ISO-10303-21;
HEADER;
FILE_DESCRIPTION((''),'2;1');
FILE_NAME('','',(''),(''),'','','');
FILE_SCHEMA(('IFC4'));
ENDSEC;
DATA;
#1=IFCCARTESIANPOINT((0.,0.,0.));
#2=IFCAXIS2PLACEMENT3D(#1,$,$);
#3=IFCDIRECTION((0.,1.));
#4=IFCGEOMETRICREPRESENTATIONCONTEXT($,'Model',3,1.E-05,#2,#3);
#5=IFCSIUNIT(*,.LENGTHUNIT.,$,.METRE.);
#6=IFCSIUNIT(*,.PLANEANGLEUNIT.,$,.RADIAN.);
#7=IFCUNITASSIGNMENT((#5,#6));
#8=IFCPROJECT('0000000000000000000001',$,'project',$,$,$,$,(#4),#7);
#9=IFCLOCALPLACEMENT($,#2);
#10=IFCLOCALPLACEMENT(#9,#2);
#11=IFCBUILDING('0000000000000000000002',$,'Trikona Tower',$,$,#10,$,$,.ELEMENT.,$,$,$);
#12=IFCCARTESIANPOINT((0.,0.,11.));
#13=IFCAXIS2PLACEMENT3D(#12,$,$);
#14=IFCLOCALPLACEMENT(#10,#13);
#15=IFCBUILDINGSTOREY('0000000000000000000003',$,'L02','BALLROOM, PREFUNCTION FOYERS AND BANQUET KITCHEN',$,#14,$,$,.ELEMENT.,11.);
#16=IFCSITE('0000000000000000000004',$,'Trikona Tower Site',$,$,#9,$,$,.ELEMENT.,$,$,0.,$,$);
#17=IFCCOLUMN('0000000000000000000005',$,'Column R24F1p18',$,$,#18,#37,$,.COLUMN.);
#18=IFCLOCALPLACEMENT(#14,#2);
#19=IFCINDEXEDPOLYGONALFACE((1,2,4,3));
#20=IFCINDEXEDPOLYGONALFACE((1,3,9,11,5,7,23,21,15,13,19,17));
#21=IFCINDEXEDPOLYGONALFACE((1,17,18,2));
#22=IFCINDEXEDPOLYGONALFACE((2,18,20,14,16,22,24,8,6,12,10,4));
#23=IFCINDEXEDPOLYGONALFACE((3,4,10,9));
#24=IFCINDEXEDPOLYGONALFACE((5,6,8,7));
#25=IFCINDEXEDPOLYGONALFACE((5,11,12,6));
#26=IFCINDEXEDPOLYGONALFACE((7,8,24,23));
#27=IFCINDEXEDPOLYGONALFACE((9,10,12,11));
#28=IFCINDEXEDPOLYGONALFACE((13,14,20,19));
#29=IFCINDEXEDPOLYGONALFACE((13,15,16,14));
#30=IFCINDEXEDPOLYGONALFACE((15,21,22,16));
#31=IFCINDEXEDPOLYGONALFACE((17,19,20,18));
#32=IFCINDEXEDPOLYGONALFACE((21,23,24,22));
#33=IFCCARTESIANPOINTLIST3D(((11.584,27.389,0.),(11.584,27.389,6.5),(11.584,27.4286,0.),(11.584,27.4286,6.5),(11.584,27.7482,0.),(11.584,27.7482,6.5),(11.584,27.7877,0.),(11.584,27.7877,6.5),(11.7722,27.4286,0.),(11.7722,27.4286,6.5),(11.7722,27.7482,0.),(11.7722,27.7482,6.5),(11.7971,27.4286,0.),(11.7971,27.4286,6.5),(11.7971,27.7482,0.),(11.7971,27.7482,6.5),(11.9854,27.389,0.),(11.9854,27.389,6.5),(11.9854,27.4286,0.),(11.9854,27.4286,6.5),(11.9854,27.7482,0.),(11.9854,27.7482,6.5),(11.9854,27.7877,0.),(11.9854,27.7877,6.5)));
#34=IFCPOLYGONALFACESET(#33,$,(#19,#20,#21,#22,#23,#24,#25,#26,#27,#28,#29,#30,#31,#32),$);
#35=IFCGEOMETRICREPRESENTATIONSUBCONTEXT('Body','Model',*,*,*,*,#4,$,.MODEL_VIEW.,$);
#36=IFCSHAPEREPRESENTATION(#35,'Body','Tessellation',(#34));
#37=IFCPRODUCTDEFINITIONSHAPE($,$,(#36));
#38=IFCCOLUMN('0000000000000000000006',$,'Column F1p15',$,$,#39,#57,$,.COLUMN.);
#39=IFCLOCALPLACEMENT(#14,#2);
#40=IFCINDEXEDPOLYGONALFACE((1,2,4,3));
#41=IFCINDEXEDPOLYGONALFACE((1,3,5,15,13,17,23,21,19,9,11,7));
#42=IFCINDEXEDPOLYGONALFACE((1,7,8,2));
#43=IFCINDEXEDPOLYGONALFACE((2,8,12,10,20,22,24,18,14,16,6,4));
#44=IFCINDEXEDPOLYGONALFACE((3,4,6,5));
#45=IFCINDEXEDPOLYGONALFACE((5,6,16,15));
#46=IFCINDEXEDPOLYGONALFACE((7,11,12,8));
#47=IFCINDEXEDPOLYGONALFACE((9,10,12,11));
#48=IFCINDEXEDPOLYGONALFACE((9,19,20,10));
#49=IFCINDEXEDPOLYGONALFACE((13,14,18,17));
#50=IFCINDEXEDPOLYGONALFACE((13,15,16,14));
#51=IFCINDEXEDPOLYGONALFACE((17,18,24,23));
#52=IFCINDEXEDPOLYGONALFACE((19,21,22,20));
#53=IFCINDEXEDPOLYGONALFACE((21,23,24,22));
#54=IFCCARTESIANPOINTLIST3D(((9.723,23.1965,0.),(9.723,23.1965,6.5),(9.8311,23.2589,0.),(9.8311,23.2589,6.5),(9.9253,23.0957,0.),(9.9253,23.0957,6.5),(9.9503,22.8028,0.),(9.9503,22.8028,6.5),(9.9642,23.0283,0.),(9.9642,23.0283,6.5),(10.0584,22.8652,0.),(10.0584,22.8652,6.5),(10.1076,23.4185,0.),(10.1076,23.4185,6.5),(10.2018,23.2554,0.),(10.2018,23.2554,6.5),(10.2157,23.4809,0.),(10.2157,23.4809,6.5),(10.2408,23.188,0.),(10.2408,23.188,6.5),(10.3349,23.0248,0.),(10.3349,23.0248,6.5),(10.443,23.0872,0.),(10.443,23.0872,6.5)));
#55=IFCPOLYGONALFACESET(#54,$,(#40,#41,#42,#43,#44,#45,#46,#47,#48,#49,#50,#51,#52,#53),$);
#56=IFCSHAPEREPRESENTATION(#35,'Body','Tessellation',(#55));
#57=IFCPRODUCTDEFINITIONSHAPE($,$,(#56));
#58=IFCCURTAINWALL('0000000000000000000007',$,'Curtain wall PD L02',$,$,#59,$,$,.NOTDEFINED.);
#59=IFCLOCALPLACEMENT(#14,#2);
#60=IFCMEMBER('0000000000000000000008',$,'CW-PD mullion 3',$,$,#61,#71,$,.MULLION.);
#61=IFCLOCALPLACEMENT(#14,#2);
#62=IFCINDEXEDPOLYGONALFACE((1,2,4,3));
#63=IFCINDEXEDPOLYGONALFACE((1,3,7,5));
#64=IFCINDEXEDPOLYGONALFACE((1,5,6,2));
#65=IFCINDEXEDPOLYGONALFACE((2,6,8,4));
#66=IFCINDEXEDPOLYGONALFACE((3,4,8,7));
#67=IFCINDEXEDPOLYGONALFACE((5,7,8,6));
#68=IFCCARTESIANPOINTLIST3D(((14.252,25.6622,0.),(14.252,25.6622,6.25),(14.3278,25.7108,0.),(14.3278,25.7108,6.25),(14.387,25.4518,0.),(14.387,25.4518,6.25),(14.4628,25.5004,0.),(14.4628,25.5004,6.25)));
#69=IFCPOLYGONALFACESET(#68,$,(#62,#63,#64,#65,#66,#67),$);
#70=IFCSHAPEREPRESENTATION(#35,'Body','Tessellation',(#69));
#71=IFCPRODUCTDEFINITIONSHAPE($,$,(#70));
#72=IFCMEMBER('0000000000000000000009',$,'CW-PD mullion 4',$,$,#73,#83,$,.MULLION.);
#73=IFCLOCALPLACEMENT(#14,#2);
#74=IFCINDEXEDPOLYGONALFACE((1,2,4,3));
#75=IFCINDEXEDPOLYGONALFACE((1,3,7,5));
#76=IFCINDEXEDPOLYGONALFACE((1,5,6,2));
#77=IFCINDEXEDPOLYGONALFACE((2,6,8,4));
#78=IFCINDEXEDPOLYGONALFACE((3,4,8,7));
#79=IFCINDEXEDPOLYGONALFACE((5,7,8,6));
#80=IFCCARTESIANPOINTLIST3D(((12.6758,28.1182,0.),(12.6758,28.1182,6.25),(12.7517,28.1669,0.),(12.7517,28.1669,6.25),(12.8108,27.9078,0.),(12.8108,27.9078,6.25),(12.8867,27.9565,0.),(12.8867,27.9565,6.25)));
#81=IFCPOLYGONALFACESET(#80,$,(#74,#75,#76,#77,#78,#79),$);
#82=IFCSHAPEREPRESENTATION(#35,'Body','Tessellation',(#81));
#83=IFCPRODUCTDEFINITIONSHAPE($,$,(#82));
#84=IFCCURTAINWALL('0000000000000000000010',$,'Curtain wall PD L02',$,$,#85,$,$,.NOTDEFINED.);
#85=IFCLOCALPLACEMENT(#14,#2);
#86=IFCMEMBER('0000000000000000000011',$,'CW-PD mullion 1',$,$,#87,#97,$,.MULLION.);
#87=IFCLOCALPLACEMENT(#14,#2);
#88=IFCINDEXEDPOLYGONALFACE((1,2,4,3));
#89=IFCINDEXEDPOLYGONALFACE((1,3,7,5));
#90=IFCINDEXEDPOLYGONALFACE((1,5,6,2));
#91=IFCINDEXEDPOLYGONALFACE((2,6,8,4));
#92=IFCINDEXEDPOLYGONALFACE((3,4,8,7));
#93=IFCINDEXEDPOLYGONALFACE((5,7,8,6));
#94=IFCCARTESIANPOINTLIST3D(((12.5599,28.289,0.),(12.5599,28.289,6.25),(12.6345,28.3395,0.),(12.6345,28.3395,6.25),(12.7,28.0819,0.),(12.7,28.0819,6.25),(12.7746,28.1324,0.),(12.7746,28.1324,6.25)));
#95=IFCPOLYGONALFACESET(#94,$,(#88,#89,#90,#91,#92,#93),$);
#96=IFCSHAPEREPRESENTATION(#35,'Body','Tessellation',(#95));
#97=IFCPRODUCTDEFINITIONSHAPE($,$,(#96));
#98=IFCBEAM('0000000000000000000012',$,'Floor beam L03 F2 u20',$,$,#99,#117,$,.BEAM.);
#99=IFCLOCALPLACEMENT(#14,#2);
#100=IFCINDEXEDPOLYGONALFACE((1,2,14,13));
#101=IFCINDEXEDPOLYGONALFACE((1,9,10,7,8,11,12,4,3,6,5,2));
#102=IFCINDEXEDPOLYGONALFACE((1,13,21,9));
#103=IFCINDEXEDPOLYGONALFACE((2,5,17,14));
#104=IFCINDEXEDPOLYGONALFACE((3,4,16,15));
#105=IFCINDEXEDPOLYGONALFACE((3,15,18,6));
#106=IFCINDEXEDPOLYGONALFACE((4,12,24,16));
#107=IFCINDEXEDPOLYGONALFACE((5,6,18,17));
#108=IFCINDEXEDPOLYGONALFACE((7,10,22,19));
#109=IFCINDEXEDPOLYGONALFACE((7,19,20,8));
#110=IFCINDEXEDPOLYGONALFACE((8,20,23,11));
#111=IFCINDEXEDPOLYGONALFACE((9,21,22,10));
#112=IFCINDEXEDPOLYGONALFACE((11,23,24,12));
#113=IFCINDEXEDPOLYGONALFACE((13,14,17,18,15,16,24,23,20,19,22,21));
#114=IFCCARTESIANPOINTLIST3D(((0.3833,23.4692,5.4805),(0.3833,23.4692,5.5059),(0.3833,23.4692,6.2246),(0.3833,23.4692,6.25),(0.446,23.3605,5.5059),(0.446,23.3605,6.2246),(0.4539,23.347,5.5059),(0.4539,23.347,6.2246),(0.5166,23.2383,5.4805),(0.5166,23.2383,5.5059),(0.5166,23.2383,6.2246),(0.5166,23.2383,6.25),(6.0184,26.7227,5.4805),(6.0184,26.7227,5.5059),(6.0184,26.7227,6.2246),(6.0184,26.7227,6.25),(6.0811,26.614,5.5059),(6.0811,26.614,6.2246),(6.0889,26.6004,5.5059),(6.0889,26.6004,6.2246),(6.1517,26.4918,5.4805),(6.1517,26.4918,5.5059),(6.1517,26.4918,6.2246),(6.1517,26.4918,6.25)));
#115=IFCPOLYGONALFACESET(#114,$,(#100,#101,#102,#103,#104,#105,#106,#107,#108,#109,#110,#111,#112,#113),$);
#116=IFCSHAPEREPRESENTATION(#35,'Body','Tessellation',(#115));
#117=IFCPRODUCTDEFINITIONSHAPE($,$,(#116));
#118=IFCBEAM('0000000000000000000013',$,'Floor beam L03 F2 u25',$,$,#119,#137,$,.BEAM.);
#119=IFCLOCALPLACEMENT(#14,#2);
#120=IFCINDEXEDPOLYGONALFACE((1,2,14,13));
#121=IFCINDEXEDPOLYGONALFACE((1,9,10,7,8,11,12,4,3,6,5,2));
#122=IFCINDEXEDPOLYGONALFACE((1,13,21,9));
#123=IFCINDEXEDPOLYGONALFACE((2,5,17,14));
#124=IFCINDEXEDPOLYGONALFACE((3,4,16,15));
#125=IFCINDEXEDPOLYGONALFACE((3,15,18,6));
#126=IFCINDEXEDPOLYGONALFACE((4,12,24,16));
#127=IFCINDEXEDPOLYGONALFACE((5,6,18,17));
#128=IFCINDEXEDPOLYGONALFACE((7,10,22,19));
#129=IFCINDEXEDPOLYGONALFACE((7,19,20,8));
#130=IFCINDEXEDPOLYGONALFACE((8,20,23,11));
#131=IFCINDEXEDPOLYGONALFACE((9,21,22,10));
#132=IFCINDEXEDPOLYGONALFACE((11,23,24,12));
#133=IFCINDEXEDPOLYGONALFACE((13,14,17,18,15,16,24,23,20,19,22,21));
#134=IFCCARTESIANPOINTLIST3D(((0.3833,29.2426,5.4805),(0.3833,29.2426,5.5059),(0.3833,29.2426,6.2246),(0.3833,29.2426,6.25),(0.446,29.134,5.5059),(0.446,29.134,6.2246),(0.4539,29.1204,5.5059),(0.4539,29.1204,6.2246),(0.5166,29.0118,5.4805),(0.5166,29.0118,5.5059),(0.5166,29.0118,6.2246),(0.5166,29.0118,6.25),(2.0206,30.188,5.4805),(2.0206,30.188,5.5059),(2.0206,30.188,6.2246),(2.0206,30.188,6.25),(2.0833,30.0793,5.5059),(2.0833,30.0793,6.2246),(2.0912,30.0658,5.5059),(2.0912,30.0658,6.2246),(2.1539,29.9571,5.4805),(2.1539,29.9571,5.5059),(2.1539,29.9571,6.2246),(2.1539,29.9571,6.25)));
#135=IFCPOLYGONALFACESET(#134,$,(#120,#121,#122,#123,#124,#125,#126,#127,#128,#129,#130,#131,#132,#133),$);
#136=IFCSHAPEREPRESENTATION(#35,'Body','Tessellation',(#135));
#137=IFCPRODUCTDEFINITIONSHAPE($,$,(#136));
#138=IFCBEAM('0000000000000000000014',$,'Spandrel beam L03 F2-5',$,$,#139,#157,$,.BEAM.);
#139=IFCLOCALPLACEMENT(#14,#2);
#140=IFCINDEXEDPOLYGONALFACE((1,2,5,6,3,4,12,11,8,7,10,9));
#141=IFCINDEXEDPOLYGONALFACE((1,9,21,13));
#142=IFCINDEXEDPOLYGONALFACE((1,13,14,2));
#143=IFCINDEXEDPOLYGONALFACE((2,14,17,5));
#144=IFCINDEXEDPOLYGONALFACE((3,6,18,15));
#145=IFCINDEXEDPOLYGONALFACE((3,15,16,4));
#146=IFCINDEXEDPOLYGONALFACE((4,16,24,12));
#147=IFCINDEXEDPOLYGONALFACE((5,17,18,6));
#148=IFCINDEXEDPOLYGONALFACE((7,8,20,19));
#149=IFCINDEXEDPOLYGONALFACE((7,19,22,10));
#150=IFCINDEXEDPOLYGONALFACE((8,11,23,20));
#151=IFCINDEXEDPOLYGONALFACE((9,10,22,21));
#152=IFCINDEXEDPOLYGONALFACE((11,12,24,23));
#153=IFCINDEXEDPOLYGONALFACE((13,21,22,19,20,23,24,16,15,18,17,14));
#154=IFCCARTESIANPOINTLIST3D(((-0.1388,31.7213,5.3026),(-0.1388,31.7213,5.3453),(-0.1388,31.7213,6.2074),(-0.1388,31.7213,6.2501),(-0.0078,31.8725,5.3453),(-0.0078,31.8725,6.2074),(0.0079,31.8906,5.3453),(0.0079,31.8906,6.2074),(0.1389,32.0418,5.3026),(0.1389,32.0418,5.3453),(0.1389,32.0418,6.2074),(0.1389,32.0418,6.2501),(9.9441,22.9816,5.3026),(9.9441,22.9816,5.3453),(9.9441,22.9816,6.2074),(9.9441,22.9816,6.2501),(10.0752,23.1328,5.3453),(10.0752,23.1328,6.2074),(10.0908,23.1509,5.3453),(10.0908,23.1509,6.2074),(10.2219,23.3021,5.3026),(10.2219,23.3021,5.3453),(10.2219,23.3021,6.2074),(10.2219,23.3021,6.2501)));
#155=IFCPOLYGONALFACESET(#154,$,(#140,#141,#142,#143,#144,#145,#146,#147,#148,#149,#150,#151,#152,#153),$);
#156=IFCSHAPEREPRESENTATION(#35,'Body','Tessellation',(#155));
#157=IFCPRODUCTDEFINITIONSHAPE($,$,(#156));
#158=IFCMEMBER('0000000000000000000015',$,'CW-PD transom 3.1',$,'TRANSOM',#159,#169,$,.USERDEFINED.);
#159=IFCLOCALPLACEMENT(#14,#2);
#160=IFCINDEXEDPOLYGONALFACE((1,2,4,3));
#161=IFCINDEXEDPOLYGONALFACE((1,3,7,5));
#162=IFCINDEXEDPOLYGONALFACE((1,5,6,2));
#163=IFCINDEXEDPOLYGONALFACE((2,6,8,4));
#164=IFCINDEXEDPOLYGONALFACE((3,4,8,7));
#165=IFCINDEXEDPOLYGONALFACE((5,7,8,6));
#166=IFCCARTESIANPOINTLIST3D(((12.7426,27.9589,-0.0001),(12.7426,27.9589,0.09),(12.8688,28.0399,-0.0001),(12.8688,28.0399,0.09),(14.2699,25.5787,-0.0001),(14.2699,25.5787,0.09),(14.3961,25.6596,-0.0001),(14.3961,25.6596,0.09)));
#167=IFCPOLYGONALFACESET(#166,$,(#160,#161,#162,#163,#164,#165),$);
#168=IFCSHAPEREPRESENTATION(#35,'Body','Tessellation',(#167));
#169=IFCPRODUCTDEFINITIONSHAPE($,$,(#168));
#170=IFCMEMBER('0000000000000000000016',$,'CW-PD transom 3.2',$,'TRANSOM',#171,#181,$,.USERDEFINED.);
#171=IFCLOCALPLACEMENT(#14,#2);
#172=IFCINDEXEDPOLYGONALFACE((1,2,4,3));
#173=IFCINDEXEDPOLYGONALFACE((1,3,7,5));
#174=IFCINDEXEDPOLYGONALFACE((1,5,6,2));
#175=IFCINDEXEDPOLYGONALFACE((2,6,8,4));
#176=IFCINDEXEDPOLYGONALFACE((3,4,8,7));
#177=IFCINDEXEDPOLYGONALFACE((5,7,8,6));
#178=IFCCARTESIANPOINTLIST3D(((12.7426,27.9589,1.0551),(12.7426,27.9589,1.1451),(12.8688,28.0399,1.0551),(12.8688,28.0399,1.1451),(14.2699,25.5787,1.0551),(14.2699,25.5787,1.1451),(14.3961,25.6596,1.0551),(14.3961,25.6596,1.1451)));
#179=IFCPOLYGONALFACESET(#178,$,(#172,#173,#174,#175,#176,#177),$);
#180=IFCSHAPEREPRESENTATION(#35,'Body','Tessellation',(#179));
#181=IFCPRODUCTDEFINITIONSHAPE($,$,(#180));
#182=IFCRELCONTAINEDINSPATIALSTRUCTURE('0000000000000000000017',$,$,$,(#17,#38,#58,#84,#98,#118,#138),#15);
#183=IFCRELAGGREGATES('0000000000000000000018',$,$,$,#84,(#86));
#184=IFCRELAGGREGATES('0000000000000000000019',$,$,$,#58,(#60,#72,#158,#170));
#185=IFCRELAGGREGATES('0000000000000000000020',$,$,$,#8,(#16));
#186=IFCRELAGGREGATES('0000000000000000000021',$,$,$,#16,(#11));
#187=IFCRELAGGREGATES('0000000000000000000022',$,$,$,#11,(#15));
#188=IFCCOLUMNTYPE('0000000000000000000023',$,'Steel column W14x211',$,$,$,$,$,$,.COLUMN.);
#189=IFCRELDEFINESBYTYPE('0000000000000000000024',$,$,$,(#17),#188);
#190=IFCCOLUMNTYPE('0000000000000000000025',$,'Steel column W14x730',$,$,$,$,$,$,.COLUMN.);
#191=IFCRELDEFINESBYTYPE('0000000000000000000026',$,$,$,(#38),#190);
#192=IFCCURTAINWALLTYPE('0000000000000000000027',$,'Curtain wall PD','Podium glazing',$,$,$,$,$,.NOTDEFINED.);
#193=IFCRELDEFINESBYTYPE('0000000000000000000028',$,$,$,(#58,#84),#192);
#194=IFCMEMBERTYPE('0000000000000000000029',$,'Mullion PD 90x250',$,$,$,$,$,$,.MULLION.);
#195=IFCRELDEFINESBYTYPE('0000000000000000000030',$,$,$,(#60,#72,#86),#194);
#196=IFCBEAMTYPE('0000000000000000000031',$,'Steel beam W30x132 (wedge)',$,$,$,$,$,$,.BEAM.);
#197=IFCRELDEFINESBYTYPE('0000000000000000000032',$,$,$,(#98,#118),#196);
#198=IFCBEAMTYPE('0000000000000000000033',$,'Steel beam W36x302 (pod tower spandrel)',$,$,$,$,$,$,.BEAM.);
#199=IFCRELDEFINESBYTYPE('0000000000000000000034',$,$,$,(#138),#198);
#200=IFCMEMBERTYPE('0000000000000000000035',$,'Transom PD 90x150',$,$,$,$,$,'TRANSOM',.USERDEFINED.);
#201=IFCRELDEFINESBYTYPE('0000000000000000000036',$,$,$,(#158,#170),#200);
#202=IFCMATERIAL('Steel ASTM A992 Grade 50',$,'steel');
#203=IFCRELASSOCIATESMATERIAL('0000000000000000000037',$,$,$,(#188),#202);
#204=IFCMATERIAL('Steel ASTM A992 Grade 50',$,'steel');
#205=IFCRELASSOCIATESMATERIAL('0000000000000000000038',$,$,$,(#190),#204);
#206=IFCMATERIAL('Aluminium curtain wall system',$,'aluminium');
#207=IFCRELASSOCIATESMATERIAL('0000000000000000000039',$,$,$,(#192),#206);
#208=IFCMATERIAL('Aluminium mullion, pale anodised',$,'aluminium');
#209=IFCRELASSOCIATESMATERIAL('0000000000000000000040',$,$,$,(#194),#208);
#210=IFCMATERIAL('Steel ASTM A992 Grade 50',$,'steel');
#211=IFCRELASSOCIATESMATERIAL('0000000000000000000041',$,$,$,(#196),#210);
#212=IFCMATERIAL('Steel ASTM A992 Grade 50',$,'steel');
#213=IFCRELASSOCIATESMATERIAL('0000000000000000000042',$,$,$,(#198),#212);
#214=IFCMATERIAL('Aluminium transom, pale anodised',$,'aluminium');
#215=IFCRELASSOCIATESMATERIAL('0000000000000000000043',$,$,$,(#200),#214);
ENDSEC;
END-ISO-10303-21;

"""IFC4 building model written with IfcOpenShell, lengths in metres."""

from ifc_helpers import new_model, si_unit, direction, frame, origin, origin_2d, place, context, subcontext, project, spatial, rectangle, i_section, extrude, material, material_profile, profile_set, type_object, element, aggregate, save


model = new_model("IFC4")

# Units and contexts
model_context = context("Model", 3, precision=1e-05, world=origin(), true_north=direction((0.0, 1.0)))
body_context = subcontext(model_context, "Body", "Model", "MODEL_VIEW")
ifc_project = project(units=[si_unit("LENGTHUNIT", "METRE"), si_unit("PLANEANGLEUNIT", "RADIAN")], contexts=[model_context])

# Site, building, storey
site_placement = place(None, origin())
site = spatial("IfcSite", under=ifc_project, at=site_placement, Name="Trikona Tower Site", CompositionType="ELEMENT", RefElevation=0.0)
building_placement = place(site_placement, origin())
building = spatial("IfcBuilding", under=site, at=building_placement, Name="Trikona Tower", CompositionType="ELEMENT")
storey_placement = place(building_placement, frame((0.0, 0.0, 11.0)))
storey = spatial("IfcBuildingStorey", under=building, at=storey_placement, Name="L02", Description="BALLROOM, PREFUNCTION FOYERS AND BANQUET KITCHEN", CompositionType="ELEMENT", Elevation=11.0)

# Columns
ifc_material_1 = material(Name="Steel ASTM A992 Grade 50", Category="steel")
ifc_material_profile_1 = material_profile(ifc_material_1, i_section(OverallWidth=0.4014, OverallDepth=0.3987, WebThickness=0.0249, FlangeThickness=0.0396, at=origin_2d()), Name="W14X211")
ifc_profile_set_1 = profile_set([ifc_material_profile_1], Name="Steel ASTM A992 Grade 50")
column_type_1 = type_object("IfcColumnType", Name="Steel column W14x211", PredefinedType="COLUMN", material=ifc_profile_set_1)
column_1_placement = place(storey_placement, frame((11.7847, 27.5884, 0.0), z_axis=(0.0, 0.0, 1.0), x_axis=(1.0, 0.0, 0.0)))
element("IfcColumn", 1, at=column_1_placement, inside=storey, type_object=column_type_1, Name="Column R24F1p18", PredefinedType="COLUMN", context=body_context, shape_type="SweptSolid", body=[
    extrude(i_section(OverallWidth=0.4014, OverallDepth=0.3987, WebThickness=0.0249, FlangeThickness=0.0396, at=origin_2d()), origin(), (0.0, 0.0, 1.0), 6.5),
])
ifc_material_2 = material(Name="Steel ASTM A992 Grade 50", Category="steel")
ifc_material_profile_2 = material_profile(ifc_material_2, i_section(OverallWidth=0.4546, OverallDepth=0.5688, WebThickness=0.0779, FlangeThickness=0.1248, at=origin_2d()), Name="W14X730")
ifc_profile_set_2 = profile_set([ifc_material_profile_2], Name="Steel ASTM A992 Grade 50")
column_type_2 = type_object("IfcColumnType", Name="Steel column W14x730", PredefinedType="COLUMN", material=ifc_profile_set_2)
column_2_placement = place(storey_placement, frame((10.083, 23.1418, 0.0), z_axis=(0.0, 0.0, 1.0), x_axis=(-0.5, 0.866025, 0.0)))
element("IfcColumn", 2, at=column_2_placement, inside=storey, type_object=column_type_2, Name="Column F1p15", PredefinedType="COLUMN", context=body_context, shape_type="SweptSolid", body=[
    extrude(i_section(OverallWidth=0.4546, OverallDepth=0.5688, WebThickness=0.0779, FlangeThickness=0.1248, at=origin_2d()), origin(), (0.0, 0.0, 1.0), 6.5),
])

# Curtain wall, members
ifc_material_3 = material(Name="Aluminium curtain wall system", Category="aluminium")
curtain_wall_type = type_object("IfcCurtainWallType", Name="Curtain wall PD", Description="Podium glazing", PredefinedType="NOTDEFINED", material=ifc_material_3)
curtain_wall_1_placement = place(storey_placement, origin())
curtain_wall_1 = element("IfcCurtainWall", 3, at=curtain_wall_1_placement, inside=storey, type_object=curtain_wall_type, Name="Curtain wall PD L02", PredefinedType="NOTDEFINED")
ifc_material_4 = material(Name="Aluminium mullion, pale anodised", Category="aluminium")
ifc_material_profile_3 = material_profile(ifc_material_4, rectangle(XDim=0.0901, YDim=0.25, at=origin_2d()), Name="MUL-PD")
ifc_profile_set_3 = profile_set([ifc_material_profile_3], Name="Aluminium mullion, pale anodised")
member_type_1 = type_object("IfcMemberType", Name="Mullion PD 90x250", PredefinedType="MULLION", material=ifc_profile_set_3)
member_1_placement = place(storey_placement, frame((14.3574, 25.5813, 0.0), z_axis=(0.0, 0.0, 1.0), x_axis=(-0.841623, -0.540066, 0.0)))
member_1 = element("IfcMember", 4, at=member_1_placement, type_object=member_type_1, Name="CW-PD mullion 3", PredefinedType="MULLION", context=body_context, shape_type="SweptSolid", body=[
    extrude(rectangle(XDim=0.0901, YDim=0.25, at=origin_2d()), origin(), (0.0, 0.0, 1.0), 6.25),
])
member_2_placement = place(storey_placement, frame((12.7812, 28.0374, 0.0), z_axis=(0.0, 0.0, 1.0), x_axis=(-0.841623, -0.540066, 0.0)))
member_2 = element("IfcMember", 5, at=member_2_placement, type_object=member_type_1, Name="CW-PD mullion 4", PredefinedType="MULLION", context=body_context, shape_type="SweptSolid", body=[
    extrude(rectangle(XDim=0.0901, YDim=0.25, at=origin_2d()), origin(), (0.0, 0.0, 1.0), 6.25),
])

# Curtain wall, member
curtain_wall_2_placement = place(storey_placement, origin())
curtain_wall_2 = element("IfcCurtainWall", 6, at=curtain_wall_2_placement, inside=storey, type_object=curtain_wall_type, Name="Curtain wall PD L02", PredefinedType="NOTDEFINED")
member_3_placement = place(storey_placement, frame((12.6672, 28.2107, 0.0), z_axis=(0.0, 0.0, 1.0), x_axis=(-0.828264, -0.560338, 0.0)))
member_3 = element("IfcMember", 7, at=member_3_placement, type_object=member_type_1, Name="CW-PD mullion 1", PredefinedType="MULLION", context=body_context, shape_type="SweptSolid", body=[
    extrude(rectangle(XDim=0.0901, YDim=0.25, at=origin_2d()), origin(), (0.0, 0.0, 1.0), 6.25),
])

# Beams
ifc_material_5 = material(Name="Steel ASTM A992 Grade 50", Category="steel")
ifc_material_profile_4 = material_profile(ifc_material_5, i_section(OverallWidth=0.2666, OverallDepth=0.7695, WebThickness=0.0156, FlangeThickness=0.0254, at=origin_2d()), Name="W30X132")
ifc_profile_set_4 = profile_set([ifc_material_profile_4], Name="Steel ASTM A992 Grade 50")
beam_type_1 = type_object("IfcBeamType", Name="Steel beam W30x132 (wedge)", PredefinedType="BEAM", material=ifc_profile_set_4)
beam_1_placement = place(storey_placement, frame((0.45, 23.3538, 5.8652), z_axis=(0.866023, 0.500005, 0.0), x_axis=(-0.500005, 0.866023, 0.0)))
element("IfcBeam", 8, at=beam_1_placement, inside=storey, type_object=beam_type_1, Name="Floor beam L03 F2 u20", PredefinedType="BEAM", context=body_context, shape_type="SweptSolid", body=[
    extrude(i_section(OverallWidth=0.2666, OverallDepth=0.7695, WebThickness=0.0156, FlangeThickness=0.0254, at=origin_2d()), origin(), (0.0, 0.0, 1.0), 6.5068),
])
beam_2_placement = place(storey_placement, frame((0.45, 29.1272, 5.8652), z_axis=(0.866009, 0.500028, 0.0), x_axis=(-0.500028, 0.866009, 0.0)))
element("IfcBeam", 9, at=beam_2_placement, inside=storey, type_object=beam_type_1, Name="Floor beam L03 F2 u25", PredefinedType="BEAM", context=body_context, shape_type="SweptSolid", body=[
    extrude(i_section(OverallWidth=0.2666, OverallDepth=0.7695, WebThickness=0.0156, FlangeThickness=0.0254, at=origin_2d()), origin(), (0.0, 0.0, 1.0), 1.8906),
])
ifc_material_6 = material(Name="Steel ASTM A992 Grade 50", Category="steel")
ifc_material_profile_5 = material_profile(ifc_material_6, i_section(OverallWidth=0.4241, OverallDepth=0.9475, WebThickness=0.0239, FlangeThickness=0.0427, at=origin_2d()), Name="W36X302")
ifc_profile_set_5 = profile_set([ifc_material_profile_5], Name="Steel ASTM A992 Grade 50")
beam_type_2 = type_object("IfcBeamType", Name="Steel beam W36x302 (pod tower spandrel)", PredefinedType="BEAM", material=ifc_profile_set_5)
beam_3_placement = place(storey_placement, frame((10.083, 23.1418, 5.7764), z_axis=(-0.755647, 0.654979, 0.0), x_axis=(-0.654979, -0.755647, 0.0)))
element("IfcBeam", 10, at=beam_3_placement, inside=storey, type_object=beam_type_2, Name="Spandrel beam L03 F2-5", PredefinedType="BEAM", context=body_context, shape_type="SweptSolid", body=[
    extrude(i_section(OverallWidth=0.4241, OverallDepth=0.9475, WebThickness=0.0239, FlangeThickness=0.0427, at=origin_2d()), origin(), (0.0, 0.0, 1.0), 13.3435),
])

# Members
ifc_material_7 = material(Name="Aluminium transom, pale anodised", Category="aluminium")
ifc_material_profile_6 = material_profile(ifc_material_7, rectangle(XDim=0.1499, YDim=0.0901, at=origin_2d()), Name="TRN-PD")
ifc_profile_set_6 = profile_set([ifc_material_profile_6], Name="Aluminium transom, pale anodised")
member_type_2 = type_object("IfcMemberType", Name="Transom PD 90x150", ElementType="TRANSOM", PredefinedType="USERDEFINED", material=ifc_profile_set_6)
member_4_placement = place(storey_placement, frame((14.333, 25.6191, 0.0449), z_axis=(-0.540033, 0.841644, 0.0), x_axis=(-0.841644, -0.540033, 0.0)))
member_4 = element("IfcMember", 11, at=member_4_placement, type_object=member_type_2, Name="CW-PD transom 3.1", ObjectType="TRANSOM", PredefinedType="USERDEFINED", context=body_context, shape_type="SweptSolid", body=[
    extrude(rectangle(XDim=0.1499, YDim=0.0901, at=origin_2d()), origin(), (0.0, 0.0, 1.0), 2.8281),
])
member_5_placement = place(storey_placement, frame((14.333, 25.6191, 1.1001), z_axis=(-0.540033, 0.841644, 0.0), x_axis=(-0.841644, -0.540033, 0.0)))
member_5 = element("IfcMember", 12, at=member_5_placement, type_object=member_type_2, Name="CW-PD transom 3.2", ObjectType="TRANSOM", PredefinedType="USERDEFINED", context=body_context, shape_type="SweptSolid", body=[
    extrude(rectangle(XDim=0.1499, YDim=0.0901, at=origin_2d()), origin(), (0.0, 0.0, 1.0), 2.8281),
])
aggregate(curtain_wall_2, [member_3])

aggregate(curtain_wall_1, [member_1, member_2, member_4, member_5])

save(model, "model.ifc")
